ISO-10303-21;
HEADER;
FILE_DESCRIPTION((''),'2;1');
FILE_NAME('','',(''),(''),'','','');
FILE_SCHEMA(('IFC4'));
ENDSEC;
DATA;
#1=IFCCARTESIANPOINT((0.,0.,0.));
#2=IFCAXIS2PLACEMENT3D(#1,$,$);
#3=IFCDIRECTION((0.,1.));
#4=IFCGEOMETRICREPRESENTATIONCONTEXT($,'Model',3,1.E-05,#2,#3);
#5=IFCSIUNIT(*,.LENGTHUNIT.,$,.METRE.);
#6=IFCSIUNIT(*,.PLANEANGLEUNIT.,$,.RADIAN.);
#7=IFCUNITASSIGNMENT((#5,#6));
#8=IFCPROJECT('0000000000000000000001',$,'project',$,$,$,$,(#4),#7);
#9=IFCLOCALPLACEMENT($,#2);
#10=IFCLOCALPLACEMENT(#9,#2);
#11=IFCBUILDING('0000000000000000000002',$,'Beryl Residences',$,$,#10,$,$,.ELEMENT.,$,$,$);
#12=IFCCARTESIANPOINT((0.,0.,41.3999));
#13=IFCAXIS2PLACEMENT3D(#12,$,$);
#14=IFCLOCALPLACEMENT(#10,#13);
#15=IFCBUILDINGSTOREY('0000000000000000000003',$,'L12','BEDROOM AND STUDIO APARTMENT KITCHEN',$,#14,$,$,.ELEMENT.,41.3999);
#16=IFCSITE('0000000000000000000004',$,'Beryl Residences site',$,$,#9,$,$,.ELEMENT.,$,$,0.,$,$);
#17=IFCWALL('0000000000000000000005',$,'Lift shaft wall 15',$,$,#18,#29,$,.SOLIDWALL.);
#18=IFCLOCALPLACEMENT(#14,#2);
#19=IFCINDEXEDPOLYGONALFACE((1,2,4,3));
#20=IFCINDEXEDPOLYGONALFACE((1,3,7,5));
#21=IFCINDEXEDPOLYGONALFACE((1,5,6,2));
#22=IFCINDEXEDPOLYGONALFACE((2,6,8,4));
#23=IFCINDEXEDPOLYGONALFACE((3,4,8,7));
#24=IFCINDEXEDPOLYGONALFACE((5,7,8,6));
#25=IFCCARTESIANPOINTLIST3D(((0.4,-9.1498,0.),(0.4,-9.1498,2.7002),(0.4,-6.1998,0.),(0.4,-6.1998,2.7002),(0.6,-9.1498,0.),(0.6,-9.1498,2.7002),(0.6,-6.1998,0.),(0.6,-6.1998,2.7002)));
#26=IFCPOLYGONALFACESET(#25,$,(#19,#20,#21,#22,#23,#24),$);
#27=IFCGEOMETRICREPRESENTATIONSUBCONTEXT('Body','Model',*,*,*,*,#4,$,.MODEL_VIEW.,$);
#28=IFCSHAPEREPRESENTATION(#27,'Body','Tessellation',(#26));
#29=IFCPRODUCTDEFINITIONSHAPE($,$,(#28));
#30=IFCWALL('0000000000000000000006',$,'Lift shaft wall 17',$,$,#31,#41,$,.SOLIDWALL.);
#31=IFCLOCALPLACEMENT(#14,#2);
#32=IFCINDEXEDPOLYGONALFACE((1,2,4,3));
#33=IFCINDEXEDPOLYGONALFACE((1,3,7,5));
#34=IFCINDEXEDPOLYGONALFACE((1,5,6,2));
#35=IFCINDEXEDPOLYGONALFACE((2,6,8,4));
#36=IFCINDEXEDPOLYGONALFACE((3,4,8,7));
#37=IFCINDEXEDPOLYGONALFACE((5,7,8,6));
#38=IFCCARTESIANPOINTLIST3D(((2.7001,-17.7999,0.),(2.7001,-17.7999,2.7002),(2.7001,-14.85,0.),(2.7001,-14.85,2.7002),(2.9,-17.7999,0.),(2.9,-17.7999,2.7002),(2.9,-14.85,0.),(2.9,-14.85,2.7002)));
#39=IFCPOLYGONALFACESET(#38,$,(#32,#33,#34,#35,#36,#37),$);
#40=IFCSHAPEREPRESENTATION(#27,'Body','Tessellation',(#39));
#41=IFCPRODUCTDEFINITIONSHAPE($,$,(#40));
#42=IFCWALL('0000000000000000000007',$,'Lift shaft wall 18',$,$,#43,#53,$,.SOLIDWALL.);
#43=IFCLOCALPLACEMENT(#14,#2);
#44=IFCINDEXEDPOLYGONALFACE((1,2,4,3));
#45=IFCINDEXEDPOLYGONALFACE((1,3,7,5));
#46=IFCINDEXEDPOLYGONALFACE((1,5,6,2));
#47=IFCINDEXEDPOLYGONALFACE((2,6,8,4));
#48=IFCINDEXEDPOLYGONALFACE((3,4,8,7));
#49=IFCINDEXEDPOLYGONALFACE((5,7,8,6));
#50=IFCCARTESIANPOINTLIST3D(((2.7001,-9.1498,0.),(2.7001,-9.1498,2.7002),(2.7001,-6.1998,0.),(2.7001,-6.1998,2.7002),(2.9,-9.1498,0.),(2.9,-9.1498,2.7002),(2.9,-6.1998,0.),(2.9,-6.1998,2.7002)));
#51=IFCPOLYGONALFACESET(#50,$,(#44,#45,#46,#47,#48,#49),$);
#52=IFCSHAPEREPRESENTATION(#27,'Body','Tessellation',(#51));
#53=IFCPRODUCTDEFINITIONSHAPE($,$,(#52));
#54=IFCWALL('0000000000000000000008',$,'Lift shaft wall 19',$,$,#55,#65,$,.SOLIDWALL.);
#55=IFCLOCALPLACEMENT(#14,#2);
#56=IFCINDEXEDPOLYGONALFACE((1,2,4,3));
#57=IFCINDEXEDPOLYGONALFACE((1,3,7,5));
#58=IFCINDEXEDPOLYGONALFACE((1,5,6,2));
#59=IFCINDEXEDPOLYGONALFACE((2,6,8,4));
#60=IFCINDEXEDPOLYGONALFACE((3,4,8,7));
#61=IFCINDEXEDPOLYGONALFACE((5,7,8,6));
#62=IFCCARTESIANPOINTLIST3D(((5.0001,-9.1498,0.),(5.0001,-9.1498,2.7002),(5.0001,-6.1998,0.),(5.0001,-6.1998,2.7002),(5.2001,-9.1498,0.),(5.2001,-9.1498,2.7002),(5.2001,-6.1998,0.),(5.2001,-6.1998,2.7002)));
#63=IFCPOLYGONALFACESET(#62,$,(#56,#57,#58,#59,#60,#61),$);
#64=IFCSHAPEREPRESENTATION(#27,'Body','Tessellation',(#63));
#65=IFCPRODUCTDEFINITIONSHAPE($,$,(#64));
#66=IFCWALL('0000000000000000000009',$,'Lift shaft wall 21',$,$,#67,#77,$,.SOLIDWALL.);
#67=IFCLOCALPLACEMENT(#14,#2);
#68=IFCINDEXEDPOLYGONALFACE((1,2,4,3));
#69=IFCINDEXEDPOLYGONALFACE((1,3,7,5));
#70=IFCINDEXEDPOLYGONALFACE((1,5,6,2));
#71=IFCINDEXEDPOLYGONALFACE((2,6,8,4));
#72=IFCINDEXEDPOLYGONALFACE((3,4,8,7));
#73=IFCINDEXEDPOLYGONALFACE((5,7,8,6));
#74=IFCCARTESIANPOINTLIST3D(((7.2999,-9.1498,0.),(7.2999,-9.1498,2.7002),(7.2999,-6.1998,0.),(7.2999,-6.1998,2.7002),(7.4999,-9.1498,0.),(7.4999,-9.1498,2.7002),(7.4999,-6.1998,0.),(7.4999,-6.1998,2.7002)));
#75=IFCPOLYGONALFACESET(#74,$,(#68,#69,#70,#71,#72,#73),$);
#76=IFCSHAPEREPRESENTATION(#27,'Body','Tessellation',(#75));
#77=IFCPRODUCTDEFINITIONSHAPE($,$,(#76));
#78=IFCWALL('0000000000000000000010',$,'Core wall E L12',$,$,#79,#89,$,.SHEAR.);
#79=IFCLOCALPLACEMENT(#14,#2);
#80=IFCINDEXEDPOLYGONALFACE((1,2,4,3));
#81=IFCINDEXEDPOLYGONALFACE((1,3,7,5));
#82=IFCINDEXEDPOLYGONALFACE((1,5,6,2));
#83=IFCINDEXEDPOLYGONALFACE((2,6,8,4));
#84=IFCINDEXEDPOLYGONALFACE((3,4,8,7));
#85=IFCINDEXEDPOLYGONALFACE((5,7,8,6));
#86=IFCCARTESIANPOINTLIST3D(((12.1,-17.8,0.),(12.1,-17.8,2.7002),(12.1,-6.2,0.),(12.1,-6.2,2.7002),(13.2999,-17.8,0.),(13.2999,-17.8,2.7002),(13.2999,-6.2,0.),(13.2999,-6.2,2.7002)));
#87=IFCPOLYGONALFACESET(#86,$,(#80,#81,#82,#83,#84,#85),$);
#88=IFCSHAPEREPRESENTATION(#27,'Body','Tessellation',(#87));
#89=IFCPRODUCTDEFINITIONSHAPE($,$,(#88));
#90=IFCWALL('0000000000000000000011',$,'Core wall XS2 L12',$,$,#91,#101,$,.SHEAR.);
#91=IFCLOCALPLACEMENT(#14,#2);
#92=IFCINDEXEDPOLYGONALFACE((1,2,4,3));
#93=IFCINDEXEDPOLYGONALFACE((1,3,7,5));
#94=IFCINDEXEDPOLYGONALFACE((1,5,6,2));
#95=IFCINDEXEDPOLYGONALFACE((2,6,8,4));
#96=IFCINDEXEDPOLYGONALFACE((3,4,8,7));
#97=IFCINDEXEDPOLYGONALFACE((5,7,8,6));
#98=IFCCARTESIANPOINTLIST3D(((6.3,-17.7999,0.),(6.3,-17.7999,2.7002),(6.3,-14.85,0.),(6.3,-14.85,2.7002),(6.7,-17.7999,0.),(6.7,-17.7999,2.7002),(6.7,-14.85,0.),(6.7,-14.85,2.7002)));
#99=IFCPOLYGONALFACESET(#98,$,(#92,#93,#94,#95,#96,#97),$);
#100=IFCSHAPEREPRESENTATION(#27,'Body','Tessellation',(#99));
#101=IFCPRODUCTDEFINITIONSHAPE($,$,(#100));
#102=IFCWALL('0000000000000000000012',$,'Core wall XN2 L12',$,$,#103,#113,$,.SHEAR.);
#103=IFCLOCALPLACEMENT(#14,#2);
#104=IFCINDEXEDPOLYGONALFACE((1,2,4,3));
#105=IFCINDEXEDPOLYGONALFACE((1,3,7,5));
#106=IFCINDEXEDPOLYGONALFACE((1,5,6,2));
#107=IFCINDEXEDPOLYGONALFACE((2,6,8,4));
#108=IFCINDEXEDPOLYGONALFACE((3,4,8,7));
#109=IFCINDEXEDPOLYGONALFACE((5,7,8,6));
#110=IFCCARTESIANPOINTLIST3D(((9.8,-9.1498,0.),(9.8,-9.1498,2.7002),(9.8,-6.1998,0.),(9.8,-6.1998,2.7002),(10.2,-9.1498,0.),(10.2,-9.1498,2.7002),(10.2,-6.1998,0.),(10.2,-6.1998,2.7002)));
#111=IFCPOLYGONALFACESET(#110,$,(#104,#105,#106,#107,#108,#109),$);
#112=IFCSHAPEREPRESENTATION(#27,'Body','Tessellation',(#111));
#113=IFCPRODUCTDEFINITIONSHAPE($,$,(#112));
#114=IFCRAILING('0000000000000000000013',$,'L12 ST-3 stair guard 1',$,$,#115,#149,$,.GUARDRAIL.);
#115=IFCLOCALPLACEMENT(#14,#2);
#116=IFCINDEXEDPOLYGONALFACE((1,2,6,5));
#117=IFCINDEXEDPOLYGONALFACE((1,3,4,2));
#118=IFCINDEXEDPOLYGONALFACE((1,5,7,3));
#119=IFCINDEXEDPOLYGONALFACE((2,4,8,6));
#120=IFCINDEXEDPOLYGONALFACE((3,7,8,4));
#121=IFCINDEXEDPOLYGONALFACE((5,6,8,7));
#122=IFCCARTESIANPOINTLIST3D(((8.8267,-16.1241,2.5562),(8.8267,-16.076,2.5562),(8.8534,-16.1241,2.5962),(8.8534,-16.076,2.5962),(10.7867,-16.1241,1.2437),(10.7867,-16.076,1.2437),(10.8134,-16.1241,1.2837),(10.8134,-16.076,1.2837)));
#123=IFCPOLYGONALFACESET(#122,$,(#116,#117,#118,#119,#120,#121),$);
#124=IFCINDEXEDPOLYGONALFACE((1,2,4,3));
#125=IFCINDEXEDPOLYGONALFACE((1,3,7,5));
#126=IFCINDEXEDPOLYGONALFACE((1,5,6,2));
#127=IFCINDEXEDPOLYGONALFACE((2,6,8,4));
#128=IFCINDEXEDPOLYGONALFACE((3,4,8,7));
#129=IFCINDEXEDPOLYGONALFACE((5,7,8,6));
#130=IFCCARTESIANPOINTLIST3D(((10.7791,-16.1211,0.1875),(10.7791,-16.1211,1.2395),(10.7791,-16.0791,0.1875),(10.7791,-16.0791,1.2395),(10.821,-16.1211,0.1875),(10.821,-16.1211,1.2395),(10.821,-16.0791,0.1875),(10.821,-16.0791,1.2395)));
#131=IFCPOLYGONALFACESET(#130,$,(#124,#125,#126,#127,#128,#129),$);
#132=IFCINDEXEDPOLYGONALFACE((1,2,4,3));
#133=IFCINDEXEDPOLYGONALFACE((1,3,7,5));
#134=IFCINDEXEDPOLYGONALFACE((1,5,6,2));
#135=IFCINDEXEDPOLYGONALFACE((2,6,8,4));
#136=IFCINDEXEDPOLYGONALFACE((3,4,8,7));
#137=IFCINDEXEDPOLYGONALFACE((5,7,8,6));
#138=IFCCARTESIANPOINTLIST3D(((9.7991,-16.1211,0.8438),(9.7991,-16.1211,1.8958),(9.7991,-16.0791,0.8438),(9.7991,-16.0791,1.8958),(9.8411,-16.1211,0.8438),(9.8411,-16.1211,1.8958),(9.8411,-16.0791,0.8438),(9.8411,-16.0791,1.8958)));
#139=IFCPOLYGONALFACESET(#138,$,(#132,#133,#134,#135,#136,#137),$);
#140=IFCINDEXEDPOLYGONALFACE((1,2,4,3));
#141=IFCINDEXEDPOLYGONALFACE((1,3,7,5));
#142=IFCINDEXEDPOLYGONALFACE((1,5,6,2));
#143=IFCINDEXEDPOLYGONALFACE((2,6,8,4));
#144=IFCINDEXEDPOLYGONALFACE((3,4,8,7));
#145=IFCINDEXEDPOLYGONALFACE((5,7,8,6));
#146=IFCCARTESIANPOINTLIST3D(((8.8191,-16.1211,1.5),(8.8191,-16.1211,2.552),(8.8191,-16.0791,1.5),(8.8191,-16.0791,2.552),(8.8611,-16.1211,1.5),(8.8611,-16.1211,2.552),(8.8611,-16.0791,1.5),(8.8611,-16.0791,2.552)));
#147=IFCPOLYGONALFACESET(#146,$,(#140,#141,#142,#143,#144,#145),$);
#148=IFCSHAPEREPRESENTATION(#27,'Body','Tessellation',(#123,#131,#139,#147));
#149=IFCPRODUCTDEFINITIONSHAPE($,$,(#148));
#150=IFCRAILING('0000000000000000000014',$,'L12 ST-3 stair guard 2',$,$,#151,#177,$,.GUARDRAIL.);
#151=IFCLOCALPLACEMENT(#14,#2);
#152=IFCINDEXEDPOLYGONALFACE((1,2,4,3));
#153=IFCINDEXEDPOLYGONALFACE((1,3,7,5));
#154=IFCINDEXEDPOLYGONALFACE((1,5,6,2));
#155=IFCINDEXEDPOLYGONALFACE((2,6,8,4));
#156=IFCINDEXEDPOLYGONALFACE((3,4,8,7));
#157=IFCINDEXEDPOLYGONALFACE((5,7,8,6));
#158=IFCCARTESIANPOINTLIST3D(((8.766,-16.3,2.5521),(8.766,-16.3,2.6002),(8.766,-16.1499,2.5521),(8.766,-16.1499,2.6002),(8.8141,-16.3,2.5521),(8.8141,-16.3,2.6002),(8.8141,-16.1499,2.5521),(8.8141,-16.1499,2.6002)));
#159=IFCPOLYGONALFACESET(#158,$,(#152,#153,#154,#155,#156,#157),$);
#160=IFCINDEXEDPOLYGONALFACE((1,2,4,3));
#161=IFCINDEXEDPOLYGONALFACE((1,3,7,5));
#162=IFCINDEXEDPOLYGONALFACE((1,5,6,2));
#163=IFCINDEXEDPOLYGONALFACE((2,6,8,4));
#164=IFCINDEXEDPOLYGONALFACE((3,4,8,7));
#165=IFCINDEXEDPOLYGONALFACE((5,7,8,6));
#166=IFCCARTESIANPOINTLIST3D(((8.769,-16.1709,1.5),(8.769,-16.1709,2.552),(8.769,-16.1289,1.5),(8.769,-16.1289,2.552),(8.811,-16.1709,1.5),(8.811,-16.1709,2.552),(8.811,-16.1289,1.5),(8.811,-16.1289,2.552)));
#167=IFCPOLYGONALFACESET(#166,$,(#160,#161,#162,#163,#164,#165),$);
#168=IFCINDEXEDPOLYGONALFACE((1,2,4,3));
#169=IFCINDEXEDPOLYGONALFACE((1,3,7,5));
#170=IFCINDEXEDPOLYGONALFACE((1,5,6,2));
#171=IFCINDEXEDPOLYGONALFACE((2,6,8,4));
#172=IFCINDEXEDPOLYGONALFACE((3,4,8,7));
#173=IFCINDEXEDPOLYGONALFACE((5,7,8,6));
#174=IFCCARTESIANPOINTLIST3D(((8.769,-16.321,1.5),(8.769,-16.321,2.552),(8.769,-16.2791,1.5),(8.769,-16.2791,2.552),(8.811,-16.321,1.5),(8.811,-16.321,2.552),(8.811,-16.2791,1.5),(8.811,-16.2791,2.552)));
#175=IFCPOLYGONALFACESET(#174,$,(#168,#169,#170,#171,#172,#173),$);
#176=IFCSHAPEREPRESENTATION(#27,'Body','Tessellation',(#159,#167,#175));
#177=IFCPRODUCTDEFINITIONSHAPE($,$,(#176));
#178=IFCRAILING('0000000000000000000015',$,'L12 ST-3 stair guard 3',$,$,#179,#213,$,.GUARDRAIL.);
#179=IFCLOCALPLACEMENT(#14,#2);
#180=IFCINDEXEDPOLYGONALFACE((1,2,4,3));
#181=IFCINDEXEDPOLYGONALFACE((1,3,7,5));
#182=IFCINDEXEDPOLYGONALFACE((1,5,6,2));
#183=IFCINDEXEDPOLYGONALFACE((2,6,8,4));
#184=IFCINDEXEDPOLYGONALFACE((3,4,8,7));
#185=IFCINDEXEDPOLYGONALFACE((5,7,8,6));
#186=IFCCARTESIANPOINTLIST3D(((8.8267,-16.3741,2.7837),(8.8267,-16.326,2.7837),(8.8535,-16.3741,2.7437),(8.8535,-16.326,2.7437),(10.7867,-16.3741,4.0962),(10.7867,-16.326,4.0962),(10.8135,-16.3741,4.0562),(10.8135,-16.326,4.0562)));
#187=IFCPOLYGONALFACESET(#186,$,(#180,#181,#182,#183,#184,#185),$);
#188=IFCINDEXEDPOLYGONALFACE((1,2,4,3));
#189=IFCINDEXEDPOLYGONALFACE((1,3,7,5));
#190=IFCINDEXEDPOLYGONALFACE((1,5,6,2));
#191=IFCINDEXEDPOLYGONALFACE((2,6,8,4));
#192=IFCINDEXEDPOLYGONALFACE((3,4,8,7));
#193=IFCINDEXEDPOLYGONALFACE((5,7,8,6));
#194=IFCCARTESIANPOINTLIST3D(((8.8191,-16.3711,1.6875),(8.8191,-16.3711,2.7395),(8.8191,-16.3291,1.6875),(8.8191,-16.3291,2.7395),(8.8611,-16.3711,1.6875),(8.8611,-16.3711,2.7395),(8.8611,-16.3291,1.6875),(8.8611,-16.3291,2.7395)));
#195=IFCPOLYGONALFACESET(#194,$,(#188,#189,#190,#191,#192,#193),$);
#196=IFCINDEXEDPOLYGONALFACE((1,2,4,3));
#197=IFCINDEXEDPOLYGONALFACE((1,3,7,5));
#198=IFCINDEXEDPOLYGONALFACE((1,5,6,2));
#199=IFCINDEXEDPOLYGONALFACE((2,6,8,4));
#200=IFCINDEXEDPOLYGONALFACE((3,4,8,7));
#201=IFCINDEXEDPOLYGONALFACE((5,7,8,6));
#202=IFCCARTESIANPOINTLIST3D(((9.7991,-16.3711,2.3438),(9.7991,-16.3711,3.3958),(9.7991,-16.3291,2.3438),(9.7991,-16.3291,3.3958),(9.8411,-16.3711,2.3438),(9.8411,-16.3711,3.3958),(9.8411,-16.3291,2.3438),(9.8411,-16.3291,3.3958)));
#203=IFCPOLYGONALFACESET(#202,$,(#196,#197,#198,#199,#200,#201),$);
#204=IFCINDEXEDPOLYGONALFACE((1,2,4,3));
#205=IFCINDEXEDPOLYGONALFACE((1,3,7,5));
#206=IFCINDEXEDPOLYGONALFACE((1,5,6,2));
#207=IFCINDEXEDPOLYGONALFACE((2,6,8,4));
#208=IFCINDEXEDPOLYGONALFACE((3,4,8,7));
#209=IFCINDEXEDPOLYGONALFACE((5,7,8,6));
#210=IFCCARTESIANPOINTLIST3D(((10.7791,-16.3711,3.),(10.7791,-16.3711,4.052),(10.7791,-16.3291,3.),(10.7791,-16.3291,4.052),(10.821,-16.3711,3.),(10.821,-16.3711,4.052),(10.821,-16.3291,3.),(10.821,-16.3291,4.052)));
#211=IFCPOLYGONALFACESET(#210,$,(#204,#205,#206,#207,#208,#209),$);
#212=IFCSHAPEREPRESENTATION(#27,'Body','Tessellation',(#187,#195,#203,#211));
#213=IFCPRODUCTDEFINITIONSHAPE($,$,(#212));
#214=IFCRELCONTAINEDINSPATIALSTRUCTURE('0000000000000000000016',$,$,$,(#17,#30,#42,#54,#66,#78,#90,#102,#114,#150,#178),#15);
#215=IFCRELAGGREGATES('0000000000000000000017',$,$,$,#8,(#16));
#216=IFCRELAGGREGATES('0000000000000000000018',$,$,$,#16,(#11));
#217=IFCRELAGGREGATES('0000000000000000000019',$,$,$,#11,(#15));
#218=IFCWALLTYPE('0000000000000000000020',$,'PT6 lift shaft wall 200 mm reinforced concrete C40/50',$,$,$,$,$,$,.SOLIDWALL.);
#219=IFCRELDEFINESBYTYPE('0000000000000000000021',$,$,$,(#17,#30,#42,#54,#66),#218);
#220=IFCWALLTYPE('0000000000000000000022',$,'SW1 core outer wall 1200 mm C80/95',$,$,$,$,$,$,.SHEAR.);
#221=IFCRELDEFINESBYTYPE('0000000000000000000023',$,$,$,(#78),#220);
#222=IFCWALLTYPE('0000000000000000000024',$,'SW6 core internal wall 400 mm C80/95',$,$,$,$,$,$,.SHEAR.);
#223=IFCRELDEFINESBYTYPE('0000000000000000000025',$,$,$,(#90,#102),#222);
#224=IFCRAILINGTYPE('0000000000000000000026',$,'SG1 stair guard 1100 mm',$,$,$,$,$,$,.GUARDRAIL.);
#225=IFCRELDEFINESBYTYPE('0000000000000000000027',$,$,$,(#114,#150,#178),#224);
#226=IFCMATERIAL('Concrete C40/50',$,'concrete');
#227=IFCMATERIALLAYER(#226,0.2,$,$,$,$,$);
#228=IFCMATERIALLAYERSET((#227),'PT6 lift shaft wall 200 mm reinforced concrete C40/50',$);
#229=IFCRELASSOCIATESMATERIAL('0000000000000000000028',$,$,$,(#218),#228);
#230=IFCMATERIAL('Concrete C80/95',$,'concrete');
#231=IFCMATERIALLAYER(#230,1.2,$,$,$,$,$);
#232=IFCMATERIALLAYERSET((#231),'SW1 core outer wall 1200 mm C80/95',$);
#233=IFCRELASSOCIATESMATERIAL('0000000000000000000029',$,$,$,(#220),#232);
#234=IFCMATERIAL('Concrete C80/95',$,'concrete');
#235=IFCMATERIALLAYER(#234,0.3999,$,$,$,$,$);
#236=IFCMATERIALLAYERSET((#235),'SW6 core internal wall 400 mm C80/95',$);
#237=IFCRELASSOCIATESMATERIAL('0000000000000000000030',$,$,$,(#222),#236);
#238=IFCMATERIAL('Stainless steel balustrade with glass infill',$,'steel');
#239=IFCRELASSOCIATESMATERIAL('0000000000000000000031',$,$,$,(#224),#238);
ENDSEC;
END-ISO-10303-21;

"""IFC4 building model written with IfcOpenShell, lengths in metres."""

from ifc_helpers import new_model, si_unit, direction, frame, frame_2d, origin, origin_2d, place, context, subcontext, project, spatial, rectangle, extrude, material, layer, layer_set, type_object, element, save


model = new_model("IFC4")

# Units and contexts
model_context = context("Model", 3, precision=1e-05, world=origin(), true_north=direction((0.0, 1.0)))
body_context = subcontext(model_context, "Body", "Model", "MODEL_VIEW")
ifc_project = project(units=[si_unit("LENGTHUNIT", "METRE"), si_unit("PLANEANGLEUNIT", "RADIAN")], contexts=[model_context])

# Site, building, storey
site_placement = place(None, origin())
site = spatial("IfcSite", under=ifc_project, at=site_placement, Name="Beryl Residences site", CompositionType="ELEMENT", RefElevation=0.0)
building_placement = place(site_placement, origin())
building = spatial("IfcBuilding", under=site, at=building_placement, Name="Beryl Residences", CompositionType="ELEMENT")
storey_placement = place(building_placement, frame((0.0, 0.0, 41.3999)))
storey = spatial("IfcBuildingStorey", under=building, at=storey_placement, Name="L12", Description="BEDROOM AND STUDIO APARTMENT KITCHEN", CompositionType="ELEMENT", Elevation=41.3999)

# Walls
ifc_material_1 = material(Name="Concrete C40/50", Category="concrete")
ifc_layer_1 = layer(ifc_material_1, 0.2)
ifc_layer_set_1 = layer_set([ifc_layer_1], Name="PT6 lift shaft wall 200 mm reinforced concrete C40/50")
wall_type_1 = type_object("IfcWallType", Name="PT6 lift shaft wall 200 mm reinforced concrete C40/50", PredefinedType="SOLIDWALL", material=ifc_layer_set_1)
for number, where, z_axis, x_axis, name in (
    (1, (0.5, -9.1499, 0.0), (0.0, 0.0, 1.0), (0.0, 1.0, 0.0), "Lift shaft wall 15"),
    (2, (2.8, -17.8, 0.0), (0.0, 0.0, 1.0), (0.0, 1.0, 0.0), "Lift shaft wall 17"),
    (3, (2.8, -9.1499, 0.0), (0.0, 0.0, 1.0), (0.0, 1.0, 0.0), "Lift shaft wall 18"),
    (4, (5.1001, -9.1499, 0.0), (0.0, 0.0, 1.0), (0.0, 1.0, 0.0), "Lift shaft wall 19"),
    (5, (7.3999, -9.1499, 0.0), (0.0, 0.0, 1.0), (0.0, 1.0, 0.0), "Lift shaft wall 21"),
):
    element("IfcWall", number, at=place(storey_placement, frame(where, z_axis=z_axis, x_axis=x_axis)), inside=storey, type_object=wall_type_1, Name=name, PredefinedType="SOLIDWALL", context=body_context, shape_type="SweptSolid", body=[
        extrude(rectangle(XDim=2.95, YDim=0.2, at=frame_2d((1.4751, 0.0))), origin(), (0.0, 0.0, 1.0), 2.7002),
    ])
ifc_material_2 = material(Name="Concrete C80/95", Category="concrete")
ifc_layer_2 = layer(ifc_material_2, 1.2)
ifc_layer_set_2 = layer_set([ifc_layer_2], Name="SW1 core outer wall 1200 mm C80/95")
wall_type_2 = type_object("IfcWallType", Name="SW1 core outer wall 1200 mm C80/95", PredefinedType="SHEAR", material=ifc_layer_set_2)
wall_1_placement = place(storey_placement, frame((12.7, -17.8, 0.0), z_axis=(0.0, 0.0, 1.0), x_axis=(0.0, 1.0, 0.0)))
element("IfcWall", 6, at=wall_1_placement, inside=storey, type_object=wall_type_2, Name="Core wall E L12", PredefinedType="SHEAR", context=body_context, shape_type="SweptSolid", body=[
    extrude(rectangle(XDim=11.6001, YDim=1.2, at=frame_2d((5.8, 0.0))), origin(), (0.0, 0.0, 1.0), 2.7002),
])
ifc_material_3 = material(Name="Concrete C80/95", Category="concrete")
ifc_layer_3 = layer(ifc_material_3, 0.3999)
ifc_layer_set_3 = layer_set([ifc_layer_3], Name="SW6 core internal wall 400 mm C80/95")
wall_type_3 = type_object("IfcWallType", Name="SW6 core internal wall 400 mm C80/95", PredefinedType="SHEAR", material=ifc_layer_set_3)
for number, where, z_axis, x_axis, name in (
    (7, (6.5, -17.8, 0.0), (0.0, 0.0, 1.0), (0.0, 1.0, 0.0), "Core wall XS2 L12"),
    (8, (10.0, -9.1499, 0.0), (0.0, 0.0, 1.0), (0.0, 1.0, 0.0), "Core wall XN2 L12"),
):
    element("IfcWall", number, at=place(storey_placement, frame(where, z_axis=z_axis, x_axis=x_axis)), inside=storey, type_object=wall_type_3, Name=name, PredefinedType="SHEAR", context=body_context, shape_type="SweptSolid", body=[
        extrude(rectangle(XDim=2.95, YDim=0.3999, at=frame_2d((1.4751, 0.0))), origin(), (0.0, 0.0, 1.0), 2.7002),
    ])

# Railings
ifc_material_4 = material(Name="Stainless steel balustrade with glass infill", Category="steel")
railing_type_1 = type_object("IfcRailingType", Name="SG1 stair guard 1100 mm", PredefinedType="GUARDRAIL", material=ifc_material_4)
railing_1_placement = place(storey_placement, frame((10.8, -16.1001, 0.1875)))
element("IfcRailing", 9, at=railing_1_placement, inside=storey, type_object=railing_type_1, Name="L12 ST-3 stair guard 1", PredefinedType="GUARDRAIL", context=body_context, shape_type="SweptSolid", body=[
    extrude(rectangle(XDim=0.0481, YDim=0.0481, at=origin_2d()), frame((0.0, 0.0, 1.0762), z_axis=(-0.830902, 0.0, 0.556419), x_axis=(0.0, -1.0, 0.0)), (0.0, 0.0, 1.0), 2.3589),
    extrude(rectangle(XDim=0.042, YDim=0.042, at=origin_2d()), origin(), (0.0, 0.0, 1.0), 1.052),
    extrude(rectangle(XDim=0.042, YDim=0.042, at=origin_2d()), frame((-0.98, 0.0, 0.6562)), (0.0, 0.0, 1.0), 1.052),
    extrude(rectangle(XDim=0.042, YDim=0.042, at=origin_2d()), frame((-1.96, 0.0, 1.3125)), (0.0, 0.0, 1.0), 1.052),
])
railing_2_placement = place(storey_placement, frame((8.79, -16.1499, 1.5)))
element("IfcRailing", 10, at=railing_2_placement, inside=storey, type_object=railing_type_1, Name="L12 ST-3 stair guard 2", PredefinedType="GUARDRAIL", context=body_context, shape_type="SweptSolid", body=[
    extrude(rectangle(XDim=0.0481, YDim=0.0481, at=origin_2d()), frame((0.0, 0.0, 1.0762), z_axis=(0.0, -1.0, 0.0), x_axis=(1.0, 0.0, 0.0)), (0.0, 0.0, 1.0), 0.1501),
    extrude(rectangle(XDim=0.042, YDim=0.042, at=origin_2d()), origin(), (0.0, 0.0, 1.0), 1.052),
    extrude(rectangle(XDim=0.042, YDim=0.042, at=origin_2d()), frame((0.0, -0.1501, 0.0)), (0.0, 0.0, 1.0), 1.052),
])
railing_3_placement = place(storey_placement, frame((8.8401, -16.3501, 1.6875)))
element("IfcRailing", 11, at=railing_3_placement, inside=storey, type_object=railing_type_1, Name="L12 ST-3 stair guard 3", PredefinedType="GUARDRAIL", context=body_context, shape_type="SweptSolid", body=[
    extrude(rectangle(XDim=0.0481, YDim=0.0481, at=origin_2d()), frame((0.0, 0.0, 1.0762), z_axis=(0.830902, 0.0, 0.556419), x_axis=(0.0, 1.0, 0.0)), (0.0, 0.0, 1.0), 2.3589),
    extrude(rectangle(XDim=0.042, YDim=0.042, at=origin_2d()), origin(), (0.0, 0.0, 1.0), 1.052),
    extrude(rectangle(XDim=0.042, YDim=0.042, at=origin_2d()), frame((0.98, 0.0, 0.6562)), (0.0, 0.0, 1.0), 1.052),
    extrude(rectangle(XDim=0.042, YDim=0.042, at=origin_2d()), frame((1.96, 0.0, 1.3125)), (0.0, 0.0, 1.0), 1.052),
])

save(model, "model.ifc")
